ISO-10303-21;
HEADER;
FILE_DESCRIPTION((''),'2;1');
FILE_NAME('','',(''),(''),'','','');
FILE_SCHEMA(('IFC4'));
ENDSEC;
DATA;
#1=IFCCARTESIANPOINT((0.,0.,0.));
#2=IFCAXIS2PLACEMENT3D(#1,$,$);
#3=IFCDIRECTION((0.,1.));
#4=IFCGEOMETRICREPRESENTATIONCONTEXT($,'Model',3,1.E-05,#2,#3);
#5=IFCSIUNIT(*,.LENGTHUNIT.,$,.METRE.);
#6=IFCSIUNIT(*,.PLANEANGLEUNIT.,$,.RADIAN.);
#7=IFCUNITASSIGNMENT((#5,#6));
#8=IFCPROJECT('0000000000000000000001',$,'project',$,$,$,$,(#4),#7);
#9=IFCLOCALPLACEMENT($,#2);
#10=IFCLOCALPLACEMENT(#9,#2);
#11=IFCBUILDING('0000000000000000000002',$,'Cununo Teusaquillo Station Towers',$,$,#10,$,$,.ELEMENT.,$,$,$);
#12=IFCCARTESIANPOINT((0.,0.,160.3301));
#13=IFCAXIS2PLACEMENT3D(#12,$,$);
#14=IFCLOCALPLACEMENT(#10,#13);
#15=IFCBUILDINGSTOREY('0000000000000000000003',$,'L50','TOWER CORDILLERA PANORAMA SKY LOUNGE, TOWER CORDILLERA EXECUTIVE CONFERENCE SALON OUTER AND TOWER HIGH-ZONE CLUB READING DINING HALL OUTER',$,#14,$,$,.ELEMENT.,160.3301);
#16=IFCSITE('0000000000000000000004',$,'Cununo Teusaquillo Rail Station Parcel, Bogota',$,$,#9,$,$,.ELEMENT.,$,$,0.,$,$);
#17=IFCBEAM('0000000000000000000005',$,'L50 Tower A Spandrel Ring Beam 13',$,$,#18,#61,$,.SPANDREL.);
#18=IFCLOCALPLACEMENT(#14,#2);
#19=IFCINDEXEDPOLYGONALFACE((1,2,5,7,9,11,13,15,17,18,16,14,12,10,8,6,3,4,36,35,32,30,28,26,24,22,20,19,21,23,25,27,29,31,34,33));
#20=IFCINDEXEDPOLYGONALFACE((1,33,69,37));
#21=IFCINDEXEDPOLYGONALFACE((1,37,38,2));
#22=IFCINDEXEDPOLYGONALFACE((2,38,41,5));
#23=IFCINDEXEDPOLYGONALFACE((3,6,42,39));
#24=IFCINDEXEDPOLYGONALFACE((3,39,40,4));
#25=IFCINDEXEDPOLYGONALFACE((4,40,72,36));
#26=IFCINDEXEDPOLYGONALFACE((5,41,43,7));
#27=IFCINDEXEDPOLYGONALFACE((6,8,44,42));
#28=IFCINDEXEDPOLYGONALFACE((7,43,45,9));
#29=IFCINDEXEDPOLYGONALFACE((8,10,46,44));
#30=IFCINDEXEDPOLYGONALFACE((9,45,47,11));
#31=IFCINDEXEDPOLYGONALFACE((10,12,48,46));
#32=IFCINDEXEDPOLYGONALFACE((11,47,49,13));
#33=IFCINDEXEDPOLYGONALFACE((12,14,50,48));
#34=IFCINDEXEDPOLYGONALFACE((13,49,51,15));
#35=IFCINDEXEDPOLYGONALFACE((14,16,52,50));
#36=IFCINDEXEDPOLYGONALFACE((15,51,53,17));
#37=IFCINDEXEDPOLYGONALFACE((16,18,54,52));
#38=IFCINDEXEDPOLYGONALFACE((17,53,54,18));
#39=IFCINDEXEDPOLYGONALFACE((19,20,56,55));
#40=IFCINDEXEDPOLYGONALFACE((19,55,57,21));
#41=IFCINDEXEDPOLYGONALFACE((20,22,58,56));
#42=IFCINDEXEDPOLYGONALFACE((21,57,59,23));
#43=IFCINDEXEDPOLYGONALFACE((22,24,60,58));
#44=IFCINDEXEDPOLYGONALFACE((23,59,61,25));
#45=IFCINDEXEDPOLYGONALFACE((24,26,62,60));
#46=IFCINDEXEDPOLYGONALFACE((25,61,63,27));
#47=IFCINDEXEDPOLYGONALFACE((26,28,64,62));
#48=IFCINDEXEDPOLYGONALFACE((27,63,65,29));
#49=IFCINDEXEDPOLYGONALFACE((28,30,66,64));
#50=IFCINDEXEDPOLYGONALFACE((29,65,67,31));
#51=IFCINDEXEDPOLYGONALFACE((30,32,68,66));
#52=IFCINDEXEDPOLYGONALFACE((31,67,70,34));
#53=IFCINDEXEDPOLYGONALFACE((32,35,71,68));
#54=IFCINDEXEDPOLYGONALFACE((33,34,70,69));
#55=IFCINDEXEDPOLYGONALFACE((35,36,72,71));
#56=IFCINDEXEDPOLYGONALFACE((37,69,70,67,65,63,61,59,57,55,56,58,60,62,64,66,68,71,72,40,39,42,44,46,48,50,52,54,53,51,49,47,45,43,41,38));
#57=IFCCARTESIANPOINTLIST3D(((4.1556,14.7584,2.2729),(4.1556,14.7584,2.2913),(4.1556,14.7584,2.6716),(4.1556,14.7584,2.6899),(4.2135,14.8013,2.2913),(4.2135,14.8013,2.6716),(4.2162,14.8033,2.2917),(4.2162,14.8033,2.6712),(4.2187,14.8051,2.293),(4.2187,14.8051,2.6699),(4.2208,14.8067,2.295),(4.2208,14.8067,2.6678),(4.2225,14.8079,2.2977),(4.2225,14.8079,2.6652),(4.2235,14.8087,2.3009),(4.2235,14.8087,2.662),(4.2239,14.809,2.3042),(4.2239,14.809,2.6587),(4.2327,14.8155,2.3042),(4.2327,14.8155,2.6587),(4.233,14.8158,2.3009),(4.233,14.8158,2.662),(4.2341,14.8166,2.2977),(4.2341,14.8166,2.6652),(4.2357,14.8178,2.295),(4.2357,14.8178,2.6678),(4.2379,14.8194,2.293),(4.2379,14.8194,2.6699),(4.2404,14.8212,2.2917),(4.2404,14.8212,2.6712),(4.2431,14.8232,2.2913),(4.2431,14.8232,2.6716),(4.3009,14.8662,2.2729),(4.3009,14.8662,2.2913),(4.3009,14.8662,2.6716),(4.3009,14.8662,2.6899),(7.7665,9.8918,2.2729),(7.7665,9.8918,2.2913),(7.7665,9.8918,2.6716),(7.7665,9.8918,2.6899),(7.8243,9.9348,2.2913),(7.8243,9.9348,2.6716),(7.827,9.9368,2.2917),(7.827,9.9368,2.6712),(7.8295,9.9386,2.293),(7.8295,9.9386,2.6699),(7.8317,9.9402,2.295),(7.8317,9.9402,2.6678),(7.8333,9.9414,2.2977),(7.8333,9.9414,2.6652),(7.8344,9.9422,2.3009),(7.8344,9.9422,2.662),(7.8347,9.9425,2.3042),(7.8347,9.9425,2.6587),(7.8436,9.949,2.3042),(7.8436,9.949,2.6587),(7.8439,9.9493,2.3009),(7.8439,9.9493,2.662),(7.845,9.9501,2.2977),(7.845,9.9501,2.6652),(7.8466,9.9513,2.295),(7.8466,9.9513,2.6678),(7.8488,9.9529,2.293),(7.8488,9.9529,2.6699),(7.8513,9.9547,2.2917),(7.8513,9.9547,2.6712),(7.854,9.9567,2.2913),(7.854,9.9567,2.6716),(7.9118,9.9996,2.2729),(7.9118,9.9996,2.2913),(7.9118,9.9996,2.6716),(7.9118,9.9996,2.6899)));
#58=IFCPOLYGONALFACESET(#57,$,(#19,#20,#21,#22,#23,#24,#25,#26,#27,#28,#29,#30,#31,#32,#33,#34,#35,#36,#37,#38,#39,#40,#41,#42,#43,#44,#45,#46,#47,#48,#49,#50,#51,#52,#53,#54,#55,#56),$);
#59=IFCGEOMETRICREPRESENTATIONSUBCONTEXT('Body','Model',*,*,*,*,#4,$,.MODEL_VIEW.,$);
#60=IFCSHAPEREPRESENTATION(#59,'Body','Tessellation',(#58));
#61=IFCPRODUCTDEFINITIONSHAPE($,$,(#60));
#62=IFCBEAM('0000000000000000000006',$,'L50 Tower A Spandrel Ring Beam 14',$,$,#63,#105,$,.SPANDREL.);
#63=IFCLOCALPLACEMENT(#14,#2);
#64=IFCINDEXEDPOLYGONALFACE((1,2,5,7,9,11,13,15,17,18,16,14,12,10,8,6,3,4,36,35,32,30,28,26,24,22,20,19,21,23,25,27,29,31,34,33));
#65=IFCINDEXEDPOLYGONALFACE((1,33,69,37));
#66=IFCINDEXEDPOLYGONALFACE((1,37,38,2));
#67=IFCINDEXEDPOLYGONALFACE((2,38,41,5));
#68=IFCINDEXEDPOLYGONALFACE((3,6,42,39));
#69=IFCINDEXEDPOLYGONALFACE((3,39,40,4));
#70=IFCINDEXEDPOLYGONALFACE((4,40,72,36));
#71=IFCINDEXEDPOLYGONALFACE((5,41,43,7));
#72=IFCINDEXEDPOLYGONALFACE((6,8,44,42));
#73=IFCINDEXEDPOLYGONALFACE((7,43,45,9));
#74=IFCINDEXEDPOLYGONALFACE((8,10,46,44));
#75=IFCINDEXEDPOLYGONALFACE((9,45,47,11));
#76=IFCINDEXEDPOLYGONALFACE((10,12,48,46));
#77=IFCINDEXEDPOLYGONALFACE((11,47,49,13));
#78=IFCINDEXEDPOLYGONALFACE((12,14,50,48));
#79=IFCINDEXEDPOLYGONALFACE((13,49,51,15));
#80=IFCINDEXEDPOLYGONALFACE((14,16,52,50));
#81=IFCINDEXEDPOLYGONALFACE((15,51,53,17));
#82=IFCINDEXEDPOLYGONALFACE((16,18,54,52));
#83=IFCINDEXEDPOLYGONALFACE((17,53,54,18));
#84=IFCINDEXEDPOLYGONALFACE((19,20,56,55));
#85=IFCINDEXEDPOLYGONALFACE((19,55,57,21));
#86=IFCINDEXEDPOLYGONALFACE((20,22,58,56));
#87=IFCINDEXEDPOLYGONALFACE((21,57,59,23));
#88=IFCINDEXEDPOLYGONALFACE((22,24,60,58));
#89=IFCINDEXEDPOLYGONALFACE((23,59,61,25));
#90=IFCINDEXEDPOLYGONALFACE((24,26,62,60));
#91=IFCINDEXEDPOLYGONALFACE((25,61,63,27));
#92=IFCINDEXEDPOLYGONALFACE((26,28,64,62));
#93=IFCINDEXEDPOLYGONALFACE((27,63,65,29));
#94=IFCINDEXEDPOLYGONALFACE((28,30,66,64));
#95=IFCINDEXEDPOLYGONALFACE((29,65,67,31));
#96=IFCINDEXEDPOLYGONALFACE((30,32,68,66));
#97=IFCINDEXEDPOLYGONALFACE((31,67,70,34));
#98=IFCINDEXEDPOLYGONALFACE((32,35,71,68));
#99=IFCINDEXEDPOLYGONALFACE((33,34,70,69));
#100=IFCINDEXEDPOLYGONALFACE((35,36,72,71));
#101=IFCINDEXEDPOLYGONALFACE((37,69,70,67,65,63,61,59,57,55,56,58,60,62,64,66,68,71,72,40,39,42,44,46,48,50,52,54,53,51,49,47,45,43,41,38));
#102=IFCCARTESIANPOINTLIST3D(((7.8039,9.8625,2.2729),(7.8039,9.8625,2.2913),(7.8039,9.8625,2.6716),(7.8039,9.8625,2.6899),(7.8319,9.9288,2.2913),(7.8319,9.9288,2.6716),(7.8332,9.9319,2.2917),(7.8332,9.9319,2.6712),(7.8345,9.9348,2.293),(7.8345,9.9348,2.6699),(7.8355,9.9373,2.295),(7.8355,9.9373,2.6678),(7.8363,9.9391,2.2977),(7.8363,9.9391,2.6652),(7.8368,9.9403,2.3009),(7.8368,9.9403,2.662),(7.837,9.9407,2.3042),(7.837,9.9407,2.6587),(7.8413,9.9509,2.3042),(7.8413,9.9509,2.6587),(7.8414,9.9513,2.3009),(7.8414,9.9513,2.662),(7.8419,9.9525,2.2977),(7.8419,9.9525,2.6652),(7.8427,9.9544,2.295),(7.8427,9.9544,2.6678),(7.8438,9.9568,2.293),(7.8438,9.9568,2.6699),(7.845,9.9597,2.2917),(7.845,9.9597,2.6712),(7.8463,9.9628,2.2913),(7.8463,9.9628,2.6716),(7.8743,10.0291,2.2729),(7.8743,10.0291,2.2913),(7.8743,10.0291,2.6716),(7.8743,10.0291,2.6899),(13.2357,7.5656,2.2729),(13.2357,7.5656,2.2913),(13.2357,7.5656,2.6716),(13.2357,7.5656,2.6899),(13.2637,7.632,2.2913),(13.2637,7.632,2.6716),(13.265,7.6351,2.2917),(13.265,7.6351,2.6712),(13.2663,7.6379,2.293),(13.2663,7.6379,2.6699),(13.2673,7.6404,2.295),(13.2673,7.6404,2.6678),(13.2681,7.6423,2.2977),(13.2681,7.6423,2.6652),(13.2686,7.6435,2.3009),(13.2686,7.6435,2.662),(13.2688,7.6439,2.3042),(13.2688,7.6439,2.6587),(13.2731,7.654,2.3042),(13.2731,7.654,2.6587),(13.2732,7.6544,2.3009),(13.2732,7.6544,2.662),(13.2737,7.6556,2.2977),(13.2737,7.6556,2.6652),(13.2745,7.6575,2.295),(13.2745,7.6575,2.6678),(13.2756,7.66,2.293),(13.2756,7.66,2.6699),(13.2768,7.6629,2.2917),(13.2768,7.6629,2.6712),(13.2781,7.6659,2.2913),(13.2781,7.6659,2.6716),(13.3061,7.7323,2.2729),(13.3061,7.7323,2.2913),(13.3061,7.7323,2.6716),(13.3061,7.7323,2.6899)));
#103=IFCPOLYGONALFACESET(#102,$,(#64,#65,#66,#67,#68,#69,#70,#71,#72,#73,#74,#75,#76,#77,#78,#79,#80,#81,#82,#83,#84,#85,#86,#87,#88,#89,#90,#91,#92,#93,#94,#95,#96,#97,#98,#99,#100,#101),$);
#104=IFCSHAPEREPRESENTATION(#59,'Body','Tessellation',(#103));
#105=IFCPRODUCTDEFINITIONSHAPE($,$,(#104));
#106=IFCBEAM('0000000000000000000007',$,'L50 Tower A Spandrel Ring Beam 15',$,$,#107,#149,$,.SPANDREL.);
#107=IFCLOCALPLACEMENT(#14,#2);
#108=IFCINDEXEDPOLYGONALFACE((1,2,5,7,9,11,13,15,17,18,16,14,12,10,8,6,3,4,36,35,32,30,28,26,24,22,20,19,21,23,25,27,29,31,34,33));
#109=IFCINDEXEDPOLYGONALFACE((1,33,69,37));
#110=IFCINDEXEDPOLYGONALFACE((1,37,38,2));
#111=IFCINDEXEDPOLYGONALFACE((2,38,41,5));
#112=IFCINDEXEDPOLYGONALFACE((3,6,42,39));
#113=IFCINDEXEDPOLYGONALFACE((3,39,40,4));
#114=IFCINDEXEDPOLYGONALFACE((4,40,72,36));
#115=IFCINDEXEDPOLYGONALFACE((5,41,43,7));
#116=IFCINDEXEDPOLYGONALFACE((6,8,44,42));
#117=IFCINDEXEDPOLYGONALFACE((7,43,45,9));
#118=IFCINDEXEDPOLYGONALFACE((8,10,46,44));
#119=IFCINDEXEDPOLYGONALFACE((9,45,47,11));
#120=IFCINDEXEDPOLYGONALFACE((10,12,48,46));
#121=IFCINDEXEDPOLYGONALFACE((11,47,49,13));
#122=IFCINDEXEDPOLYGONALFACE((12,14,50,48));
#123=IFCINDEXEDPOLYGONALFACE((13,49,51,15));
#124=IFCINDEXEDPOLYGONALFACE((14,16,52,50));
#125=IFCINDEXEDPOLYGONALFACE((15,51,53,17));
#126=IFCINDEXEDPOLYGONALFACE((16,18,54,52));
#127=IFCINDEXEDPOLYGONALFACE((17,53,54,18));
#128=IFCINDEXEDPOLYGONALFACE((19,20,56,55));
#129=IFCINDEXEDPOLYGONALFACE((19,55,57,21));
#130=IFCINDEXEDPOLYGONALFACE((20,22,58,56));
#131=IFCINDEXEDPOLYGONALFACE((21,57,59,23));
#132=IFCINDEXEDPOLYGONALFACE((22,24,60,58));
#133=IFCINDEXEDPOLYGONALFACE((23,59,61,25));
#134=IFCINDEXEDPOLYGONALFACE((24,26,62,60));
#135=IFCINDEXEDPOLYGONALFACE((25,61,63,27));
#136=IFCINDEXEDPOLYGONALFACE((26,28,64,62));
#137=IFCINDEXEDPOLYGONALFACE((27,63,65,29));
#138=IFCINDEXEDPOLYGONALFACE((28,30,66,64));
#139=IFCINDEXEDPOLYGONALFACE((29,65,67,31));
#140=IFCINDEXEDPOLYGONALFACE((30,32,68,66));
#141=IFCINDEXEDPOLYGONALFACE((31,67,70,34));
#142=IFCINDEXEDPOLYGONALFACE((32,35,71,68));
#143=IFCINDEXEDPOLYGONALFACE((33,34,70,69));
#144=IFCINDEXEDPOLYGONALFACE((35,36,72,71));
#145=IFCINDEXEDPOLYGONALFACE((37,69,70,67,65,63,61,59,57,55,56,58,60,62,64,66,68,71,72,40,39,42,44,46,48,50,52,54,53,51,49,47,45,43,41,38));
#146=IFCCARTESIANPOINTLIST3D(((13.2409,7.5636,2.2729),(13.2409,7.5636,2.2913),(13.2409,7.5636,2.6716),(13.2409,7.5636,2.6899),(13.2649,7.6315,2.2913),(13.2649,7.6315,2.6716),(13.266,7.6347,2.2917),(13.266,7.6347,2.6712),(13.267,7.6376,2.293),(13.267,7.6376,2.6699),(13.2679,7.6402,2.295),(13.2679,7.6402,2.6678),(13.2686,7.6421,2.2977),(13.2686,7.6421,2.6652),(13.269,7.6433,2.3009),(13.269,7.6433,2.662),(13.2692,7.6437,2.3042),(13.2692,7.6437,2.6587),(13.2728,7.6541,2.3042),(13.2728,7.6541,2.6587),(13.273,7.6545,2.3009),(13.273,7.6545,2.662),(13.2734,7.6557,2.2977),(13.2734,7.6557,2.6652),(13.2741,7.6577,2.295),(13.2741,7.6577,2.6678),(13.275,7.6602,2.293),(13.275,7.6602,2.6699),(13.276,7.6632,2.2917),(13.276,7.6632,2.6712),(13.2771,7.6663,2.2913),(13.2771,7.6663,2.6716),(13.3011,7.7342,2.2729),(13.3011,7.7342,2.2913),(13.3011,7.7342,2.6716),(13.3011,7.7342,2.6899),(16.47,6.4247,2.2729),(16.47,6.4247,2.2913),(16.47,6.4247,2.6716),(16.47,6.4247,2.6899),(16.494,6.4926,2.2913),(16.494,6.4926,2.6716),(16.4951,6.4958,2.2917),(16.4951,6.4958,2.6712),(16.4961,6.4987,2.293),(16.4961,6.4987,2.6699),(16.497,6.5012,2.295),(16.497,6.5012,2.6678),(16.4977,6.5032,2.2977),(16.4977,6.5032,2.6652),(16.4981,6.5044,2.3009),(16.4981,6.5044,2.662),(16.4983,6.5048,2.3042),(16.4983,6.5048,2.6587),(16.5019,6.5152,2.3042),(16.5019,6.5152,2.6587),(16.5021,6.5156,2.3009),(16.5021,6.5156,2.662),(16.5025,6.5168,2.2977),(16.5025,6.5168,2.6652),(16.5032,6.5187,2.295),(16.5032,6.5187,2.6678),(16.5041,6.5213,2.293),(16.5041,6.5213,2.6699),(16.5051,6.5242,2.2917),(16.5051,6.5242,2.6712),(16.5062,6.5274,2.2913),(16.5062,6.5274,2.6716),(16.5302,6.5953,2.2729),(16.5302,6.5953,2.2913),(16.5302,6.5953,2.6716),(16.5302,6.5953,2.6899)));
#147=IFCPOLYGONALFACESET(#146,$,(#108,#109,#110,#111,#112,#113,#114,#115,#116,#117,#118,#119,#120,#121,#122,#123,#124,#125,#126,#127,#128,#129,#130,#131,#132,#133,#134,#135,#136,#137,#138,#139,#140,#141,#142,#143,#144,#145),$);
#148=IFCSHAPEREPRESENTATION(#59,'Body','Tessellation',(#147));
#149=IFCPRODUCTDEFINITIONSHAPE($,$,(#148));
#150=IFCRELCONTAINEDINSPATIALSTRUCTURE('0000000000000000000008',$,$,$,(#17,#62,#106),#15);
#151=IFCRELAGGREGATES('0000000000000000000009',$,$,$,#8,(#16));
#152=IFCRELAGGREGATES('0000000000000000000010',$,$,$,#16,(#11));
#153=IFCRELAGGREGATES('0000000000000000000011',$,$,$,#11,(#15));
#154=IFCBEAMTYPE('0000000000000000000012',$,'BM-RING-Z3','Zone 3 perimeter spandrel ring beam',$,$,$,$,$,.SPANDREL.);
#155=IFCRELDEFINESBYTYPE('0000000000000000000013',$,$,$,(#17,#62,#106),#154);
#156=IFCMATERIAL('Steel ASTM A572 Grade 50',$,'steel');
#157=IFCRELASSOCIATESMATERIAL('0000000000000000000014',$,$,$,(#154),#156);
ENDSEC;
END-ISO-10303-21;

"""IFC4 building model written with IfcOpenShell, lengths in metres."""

from ifc_helpers import new_model, si_unit, direction, frame, origin, origin_2d, place, context, subcontext, project, spatial, i_section, extrude, material, material_profile, profile_set, type_object, element, save


model = new_model("IFC4")

# Units and contexts
model_context = context("Model", 3, precision=1e-05, world=origin(), true_north=direction((0.0, 1.0)))
body_context = subcontext(model_context, "Body", "Model", "MODEL_VIEW")
ifc_project = project(units=[si_unit("LENGTHUNIT", "METRE"), si_unit("PLANEANGLEUNIT", "RADIAN")], contexts=[model_context])

# Site, building, storey
site_placement = place(None, origin())
site = spatial("IfcSite", under=ifc_project, at=site_placement, Name="Cununo Teusaquillo Rail Station Parcel, Bogota", CompositionType="ELEMENT", RefElevation=0.0)
building_placement = place(site_placement, origin())
building = spatial("IfcBuilding", under=site, at=building_placement, Name="Cununo Teusaquillo Station Towers", CompositionType="ELEMENT")
storey_placement = place(building_placement, frame((0.0, 0.0, 160.3301)))
storey = spatial("IfcBuildingStorey", under=building, at=storey_placement, Name="L50", Description="TOWER CORDILLERA PANORAMA SKY LOUNGE, TOWER CORDILLERA EXECUTIVE CONFERENCE SALON OUTER AND TOWER HIGH-ZONE CLUB READING DINING HALL OUTER", CompositionType="ELEMENT", Elevation=160.3301)

# Beams
ifc_material_1 = material(Name="Steel ASTM A572 Grade 50", Category="steel")
ifc_material_profile_1 = material_profile(ifc_material_1, i_section(OverallWidth=0.1809, OverallDepth=0.417, WebThickness=0.011, FlangeThickness=0.0183, FilletRadius=0.0129, at=origin_2d()), Name="W16X57")
ifc_profile_set_1 = profile_set([ifc_material_profile_1], Name="Steel ASTM A572 Grade 50")
beam_type = type_object("IfcBeamType", Name="BM-RING-Z3", Description="Zone 3 perimeter spandrel ring beam", PredefinedType="SPANDREL", material=ifc_profile_set_1)
beam_1_placement = place(storey_placement, frame((4.2283, 14.8123, 2.4814), z_axis=(0.595873, -0.803079, 0.0), x_axis=(0.803079, 0.595873, 0.0)))
element("IfcBeam", 1, at=beam_1_placement, inside=storey, type_object=beam_type, Name="L50 Tower A Spandrel Ring Beam 13", PredefinedType="SPANDREL", context=body_context, shape_type="SweptSolid", body=[
    extrude(i_section(OverallWidth=0.1809, OverallDepth=0.417, WebThickness=0.011, FlangeThickness=0.0183, FilletRadius=0.0129, at=origin_2d()), origin(), (0.0, 0.0, 1.0), 6.0598),
])
beam_2_placement = place(storey_placement, frame((7.8391, 9.9458, 2.4814), z_axis=(0.921042, -0.389463, 0.0), x_axis=(0.389463, 0.921042, 0.0)))
element("IfcBeam", 2, at=beam_2_placement, inside=storey, type_object=beam_type, Name="L50 Tower A Spandrel Ring Beam 14", PredefinedType="SPANDREL", context=body_context, shape_type="SweptSolid", body=[
    extrude(i_section(OverallWidth=0.1809, OverallDepth=0.417, WebThickness=0.011, FlangeThickness=0.0183, FilletRadius=0.0129, at=origin_2d()), origin(), (0.0, 0.0, 1.0), 5.8975),
])
beam_3_placement = place(storey_placement, frame((13.271, 7.6489, 2.4814), z_axis=(0.943057, -0.33263, 0.0), x_axis=(0.33263, 0.943057, 0.0)))
element("IfcBeam", 3, at=beam_3_placement, inside=storey, type_object=beam_type, Name="L50 Tower A Spandrel Ring Beam 15", PredefinedType="SPANDREL", context=body_context, shape_type="SweptSolid", body=[
    extrude(i_section(OverallWidth=0.1809, OverallDepth=0.417, WebThickness=0.011, FlangeThickness=0.0183, FilletRadius=0.0129, at=origin_2d()), origin(), (0.0, 0.0, 1.0), 3.4241),
])

save(model, "model.ifc")
